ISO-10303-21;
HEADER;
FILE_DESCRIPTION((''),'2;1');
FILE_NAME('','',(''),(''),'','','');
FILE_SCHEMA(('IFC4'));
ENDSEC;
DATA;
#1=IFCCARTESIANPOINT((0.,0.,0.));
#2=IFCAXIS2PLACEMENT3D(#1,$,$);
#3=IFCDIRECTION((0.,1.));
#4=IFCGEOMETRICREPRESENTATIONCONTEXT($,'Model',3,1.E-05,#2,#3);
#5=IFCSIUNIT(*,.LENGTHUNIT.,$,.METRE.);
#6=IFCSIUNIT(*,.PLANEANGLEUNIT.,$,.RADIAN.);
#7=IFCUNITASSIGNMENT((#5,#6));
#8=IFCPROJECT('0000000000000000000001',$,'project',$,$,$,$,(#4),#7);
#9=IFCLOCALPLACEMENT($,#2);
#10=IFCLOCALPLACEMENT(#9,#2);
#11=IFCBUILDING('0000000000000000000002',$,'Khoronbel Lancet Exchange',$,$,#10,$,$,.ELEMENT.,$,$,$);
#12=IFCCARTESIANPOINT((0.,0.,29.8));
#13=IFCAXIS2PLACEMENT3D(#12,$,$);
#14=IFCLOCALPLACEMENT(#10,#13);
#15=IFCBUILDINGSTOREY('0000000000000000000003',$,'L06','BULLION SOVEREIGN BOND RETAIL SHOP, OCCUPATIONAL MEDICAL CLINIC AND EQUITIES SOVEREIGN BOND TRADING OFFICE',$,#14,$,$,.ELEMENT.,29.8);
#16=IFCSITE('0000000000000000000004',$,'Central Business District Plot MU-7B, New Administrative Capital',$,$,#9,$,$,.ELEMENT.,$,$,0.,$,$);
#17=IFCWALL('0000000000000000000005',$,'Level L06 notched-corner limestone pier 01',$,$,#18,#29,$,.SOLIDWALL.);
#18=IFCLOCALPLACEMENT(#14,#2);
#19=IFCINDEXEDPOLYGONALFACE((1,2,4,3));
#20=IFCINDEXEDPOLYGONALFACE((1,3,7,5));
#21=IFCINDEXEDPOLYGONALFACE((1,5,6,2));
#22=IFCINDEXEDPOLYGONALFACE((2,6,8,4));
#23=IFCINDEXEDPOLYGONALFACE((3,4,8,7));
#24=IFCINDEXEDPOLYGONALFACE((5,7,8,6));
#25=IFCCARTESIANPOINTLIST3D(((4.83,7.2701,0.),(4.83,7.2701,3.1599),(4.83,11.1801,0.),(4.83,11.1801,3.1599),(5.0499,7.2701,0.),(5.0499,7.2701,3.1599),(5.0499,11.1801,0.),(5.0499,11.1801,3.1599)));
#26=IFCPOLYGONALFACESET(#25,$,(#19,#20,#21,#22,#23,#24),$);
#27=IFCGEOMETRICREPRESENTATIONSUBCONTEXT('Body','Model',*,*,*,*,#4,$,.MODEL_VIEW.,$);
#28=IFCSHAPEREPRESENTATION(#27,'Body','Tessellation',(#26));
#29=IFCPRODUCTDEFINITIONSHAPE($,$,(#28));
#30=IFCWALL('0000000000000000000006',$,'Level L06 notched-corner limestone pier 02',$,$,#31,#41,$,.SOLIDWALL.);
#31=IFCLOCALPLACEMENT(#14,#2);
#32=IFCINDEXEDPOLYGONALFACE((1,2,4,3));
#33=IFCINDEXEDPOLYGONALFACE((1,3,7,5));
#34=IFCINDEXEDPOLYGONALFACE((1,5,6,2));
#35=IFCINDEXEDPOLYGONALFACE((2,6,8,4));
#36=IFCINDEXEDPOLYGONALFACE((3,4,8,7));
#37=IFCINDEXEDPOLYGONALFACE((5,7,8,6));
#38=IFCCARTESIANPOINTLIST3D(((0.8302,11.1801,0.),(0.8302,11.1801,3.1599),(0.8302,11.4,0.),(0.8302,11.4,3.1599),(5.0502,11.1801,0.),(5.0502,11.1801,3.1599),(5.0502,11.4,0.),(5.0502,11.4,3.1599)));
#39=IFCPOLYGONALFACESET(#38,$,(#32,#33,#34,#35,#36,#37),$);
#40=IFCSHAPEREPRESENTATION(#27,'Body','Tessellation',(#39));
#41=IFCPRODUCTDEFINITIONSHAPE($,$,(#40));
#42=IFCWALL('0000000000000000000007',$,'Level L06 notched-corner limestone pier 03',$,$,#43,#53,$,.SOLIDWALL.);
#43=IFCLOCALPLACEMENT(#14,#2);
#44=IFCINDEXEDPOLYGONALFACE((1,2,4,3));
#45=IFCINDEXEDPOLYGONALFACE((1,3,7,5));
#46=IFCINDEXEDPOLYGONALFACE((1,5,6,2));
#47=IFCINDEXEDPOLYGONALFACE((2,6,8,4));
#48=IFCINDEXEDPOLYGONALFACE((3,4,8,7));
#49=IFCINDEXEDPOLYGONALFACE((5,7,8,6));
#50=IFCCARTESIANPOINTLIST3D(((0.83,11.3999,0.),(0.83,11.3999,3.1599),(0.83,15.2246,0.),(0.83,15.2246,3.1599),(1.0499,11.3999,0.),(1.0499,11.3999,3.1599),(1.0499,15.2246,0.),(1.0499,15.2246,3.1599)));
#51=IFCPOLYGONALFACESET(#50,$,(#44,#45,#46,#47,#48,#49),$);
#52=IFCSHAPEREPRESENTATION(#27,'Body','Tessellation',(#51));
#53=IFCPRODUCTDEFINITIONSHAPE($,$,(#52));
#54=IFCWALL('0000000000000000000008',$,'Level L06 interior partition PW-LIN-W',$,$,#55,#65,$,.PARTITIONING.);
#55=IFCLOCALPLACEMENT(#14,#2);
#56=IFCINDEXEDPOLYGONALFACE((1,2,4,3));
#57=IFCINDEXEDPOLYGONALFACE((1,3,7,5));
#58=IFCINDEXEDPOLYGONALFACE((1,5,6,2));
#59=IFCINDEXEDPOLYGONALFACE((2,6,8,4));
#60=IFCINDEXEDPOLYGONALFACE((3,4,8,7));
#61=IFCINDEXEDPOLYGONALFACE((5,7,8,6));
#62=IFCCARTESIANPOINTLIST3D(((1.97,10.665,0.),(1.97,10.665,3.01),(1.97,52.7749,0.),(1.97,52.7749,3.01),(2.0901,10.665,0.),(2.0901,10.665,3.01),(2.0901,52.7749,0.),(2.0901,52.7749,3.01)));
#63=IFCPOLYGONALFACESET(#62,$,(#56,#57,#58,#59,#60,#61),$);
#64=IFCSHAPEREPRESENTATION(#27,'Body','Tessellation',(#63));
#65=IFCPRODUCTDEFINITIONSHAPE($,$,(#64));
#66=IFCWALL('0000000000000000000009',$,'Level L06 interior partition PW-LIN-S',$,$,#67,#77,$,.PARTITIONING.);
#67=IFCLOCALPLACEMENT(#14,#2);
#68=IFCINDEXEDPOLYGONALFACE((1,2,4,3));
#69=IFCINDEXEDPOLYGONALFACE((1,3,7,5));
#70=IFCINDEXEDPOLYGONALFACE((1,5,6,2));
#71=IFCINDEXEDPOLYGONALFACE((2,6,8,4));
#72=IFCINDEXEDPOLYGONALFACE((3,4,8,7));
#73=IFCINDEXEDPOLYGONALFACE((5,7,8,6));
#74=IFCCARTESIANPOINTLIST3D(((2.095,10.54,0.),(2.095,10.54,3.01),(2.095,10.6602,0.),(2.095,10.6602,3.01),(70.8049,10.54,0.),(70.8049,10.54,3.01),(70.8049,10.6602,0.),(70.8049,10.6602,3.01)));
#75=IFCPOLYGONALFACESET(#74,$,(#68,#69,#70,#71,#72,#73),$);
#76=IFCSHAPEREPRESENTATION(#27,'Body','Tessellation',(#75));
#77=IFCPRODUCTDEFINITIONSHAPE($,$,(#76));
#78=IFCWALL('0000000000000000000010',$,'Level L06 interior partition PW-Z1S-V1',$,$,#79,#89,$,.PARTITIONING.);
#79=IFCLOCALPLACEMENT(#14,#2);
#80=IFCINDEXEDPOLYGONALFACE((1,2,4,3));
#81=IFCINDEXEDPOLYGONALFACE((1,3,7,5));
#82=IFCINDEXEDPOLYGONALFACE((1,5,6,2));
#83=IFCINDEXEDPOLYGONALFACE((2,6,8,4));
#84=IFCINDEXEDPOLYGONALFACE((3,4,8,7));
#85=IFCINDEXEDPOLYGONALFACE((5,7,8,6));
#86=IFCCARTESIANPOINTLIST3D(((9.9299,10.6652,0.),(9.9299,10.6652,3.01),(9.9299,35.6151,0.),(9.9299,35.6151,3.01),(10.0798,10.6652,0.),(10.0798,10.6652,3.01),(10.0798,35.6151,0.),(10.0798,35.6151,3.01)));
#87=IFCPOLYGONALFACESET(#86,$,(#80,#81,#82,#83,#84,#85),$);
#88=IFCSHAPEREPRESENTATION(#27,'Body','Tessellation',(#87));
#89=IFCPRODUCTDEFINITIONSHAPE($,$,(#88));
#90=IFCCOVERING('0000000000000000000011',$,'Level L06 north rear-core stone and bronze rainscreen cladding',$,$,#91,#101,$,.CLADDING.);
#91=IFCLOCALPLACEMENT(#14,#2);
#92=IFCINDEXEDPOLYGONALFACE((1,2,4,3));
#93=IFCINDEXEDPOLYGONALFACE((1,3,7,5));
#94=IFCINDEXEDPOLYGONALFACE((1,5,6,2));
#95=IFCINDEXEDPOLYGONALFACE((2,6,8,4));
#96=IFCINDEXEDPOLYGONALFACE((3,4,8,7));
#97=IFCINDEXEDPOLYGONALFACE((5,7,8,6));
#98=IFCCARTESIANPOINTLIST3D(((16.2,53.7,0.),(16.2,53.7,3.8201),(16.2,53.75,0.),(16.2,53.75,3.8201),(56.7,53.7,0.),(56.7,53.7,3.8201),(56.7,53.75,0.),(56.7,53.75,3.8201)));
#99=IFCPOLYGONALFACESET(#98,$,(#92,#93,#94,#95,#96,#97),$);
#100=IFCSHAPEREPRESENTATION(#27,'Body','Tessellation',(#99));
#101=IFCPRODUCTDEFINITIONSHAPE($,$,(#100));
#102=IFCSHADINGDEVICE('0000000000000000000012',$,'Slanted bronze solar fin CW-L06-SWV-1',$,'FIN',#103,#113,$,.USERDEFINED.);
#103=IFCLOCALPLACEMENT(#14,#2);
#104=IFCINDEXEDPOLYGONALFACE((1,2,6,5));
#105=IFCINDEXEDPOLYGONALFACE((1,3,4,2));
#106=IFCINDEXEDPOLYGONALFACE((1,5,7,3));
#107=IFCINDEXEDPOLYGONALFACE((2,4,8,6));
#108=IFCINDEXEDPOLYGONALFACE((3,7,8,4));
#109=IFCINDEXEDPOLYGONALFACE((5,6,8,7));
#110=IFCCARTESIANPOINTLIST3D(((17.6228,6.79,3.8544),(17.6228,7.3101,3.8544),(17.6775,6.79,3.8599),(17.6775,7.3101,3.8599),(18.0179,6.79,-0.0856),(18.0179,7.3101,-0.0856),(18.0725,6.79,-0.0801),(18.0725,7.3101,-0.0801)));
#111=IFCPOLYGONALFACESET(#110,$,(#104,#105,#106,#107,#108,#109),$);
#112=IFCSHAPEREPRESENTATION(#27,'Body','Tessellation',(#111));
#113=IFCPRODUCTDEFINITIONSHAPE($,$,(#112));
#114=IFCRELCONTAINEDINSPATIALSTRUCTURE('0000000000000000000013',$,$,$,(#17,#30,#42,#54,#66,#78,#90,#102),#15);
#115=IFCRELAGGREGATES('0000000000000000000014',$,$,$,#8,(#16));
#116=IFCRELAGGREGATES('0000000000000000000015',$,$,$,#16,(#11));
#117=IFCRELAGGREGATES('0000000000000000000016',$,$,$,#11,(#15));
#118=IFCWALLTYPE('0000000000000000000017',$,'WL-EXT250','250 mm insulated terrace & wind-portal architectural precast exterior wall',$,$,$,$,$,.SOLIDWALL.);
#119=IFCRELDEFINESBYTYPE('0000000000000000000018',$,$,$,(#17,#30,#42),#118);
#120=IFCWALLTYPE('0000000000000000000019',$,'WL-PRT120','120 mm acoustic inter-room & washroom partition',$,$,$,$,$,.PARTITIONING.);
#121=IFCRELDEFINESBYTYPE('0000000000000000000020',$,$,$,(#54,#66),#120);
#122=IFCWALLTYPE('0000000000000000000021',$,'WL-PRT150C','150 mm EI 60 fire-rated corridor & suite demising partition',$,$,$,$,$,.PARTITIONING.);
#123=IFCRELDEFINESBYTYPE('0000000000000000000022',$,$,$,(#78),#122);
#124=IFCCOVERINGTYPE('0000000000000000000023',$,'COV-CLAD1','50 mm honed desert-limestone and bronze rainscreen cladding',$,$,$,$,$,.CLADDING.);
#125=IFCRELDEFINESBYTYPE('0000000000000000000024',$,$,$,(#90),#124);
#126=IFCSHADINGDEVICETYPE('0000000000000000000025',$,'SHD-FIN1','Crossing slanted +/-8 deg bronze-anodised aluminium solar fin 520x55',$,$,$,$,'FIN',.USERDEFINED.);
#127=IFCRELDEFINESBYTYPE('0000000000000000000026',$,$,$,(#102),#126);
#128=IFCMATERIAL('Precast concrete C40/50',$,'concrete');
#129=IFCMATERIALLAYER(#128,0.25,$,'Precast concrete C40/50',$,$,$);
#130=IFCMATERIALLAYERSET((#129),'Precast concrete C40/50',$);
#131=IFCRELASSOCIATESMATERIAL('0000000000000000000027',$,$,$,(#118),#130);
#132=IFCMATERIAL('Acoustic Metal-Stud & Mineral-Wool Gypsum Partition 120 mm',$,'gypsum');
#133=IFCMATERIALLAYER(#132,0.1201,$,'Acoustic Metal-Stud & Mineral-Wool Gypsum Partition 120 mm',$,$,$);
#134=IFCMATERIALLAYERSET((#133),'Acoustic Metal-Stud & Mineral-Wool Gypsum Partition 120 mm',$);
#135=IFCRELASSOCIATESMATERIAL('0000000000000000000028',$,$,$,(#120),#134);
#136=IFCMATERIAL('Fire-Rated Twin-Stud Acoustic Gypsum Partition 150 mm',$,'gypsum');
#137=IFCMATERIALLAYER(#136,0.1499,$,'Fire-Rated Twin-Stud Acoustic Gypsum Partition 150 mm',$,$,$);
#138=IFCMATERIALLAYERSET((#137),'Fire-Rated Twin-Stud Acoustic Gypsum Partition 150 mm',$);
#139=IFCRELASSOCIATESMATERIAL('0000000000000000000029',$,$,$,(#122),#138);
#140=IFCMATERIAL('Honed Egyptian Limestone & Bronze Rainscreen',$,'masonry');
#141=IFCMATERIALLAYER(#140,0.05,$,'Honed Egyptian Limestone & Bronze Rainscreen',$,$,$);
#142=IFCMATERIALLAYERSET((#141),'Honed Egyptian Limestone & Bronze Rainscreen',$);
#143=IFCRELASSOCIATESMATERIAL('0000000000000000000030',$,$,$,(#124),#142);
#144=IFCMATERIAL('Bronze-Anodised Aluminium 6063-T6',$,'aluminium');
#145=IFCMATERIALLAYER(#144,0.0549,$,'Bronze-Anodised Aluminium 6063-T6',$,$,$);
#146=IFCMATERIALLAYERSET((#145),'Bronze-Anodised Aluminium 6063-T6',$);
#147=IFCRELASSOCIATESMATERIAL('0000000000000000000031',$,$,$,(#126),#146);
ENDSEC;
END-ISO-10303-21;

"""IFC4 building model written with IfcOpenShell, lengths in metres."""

from ifc_helpers import new_model, si_unit, direction, frame, frame_2d, origin, place, context, subcontext, project, spatial, polyline, rectangle, outline, extrude, material, layer, layer_set, type_object, element, save


model = new_model("IFC4")

# Units and contexts
model_context = context("Model", 3, precision=1e-05, world=origin(), true_north=direction((0.0, 1.0)))
body_context = subcontext(model_context, "Body", "Model", "MODEL_VIEW")
ifc_project = project(units=[si_unit("LENGTHUNIT", "METRE"), si_unit("PLANEANGLEUNIT", "RADIAN")], contexts=[model_context])

# Site, building, storey
site_placement = place(None, origin())
site = spatial("IfcSite", under=ifc_project, at=site_placement, Name="Central Business District Plot MU-7B, New Administrative Capital", CompositionType="ELEMENT", RefElevation=0.0)
building_placement = place(site_placement, origin())
building = spatial("IfcBuilding", under=site, at=building_placement, Name="Khoronbel Lancet Exchange", CompositionType="ELEMENT")
storey_placement = place(building_placement, frame((0.0, 0.0, 29.8)))
storey = spatial("IfcBuildingStorey", under=building, at=storey_placement, Name="L06", Description="BULLION SOVEREIGN BOND RETAIL SHOP, OCCUPATIONAL MEDICAL CLINIC AND EQUITIES SOVEREIGN BOND TRADING OFFICE", CompositionType="ELEMENT", Elevation=29.8)

# Shared definitions
ifc_material_1 = material(Name="Bronze-Anodised Aluminium 6063-T6", Category="aluminium")

# Walls
ifc_material_2 = material(Name="Precast concrete C40/50", Category="concrete")
ifc_layer_1 = layer(ifc_material_2, 0.25, Name="Precast concrete C40/50")
ifc_layer_set_1 = layer_set([ifc_layer_1], Name="Precast concrete C40/50")
wall_type_1 = type_object("IfcWallType", Name="WL-EXT250", Description="250 mm insulated terrace & wind-portal architectural precast exterior wall", PredefinedType="SOLIDWALL", material=ifc_layer_set_1)
wall_1_placement = place(storey_placement, frame((4.9399, 7.27, 0.0), z_axis=(0.0, 0.0, 1.0), x_axis=(0.0, 1.0, 0.0)))
element("IfcWall", 1, at=wall_1_placement, inside=storey, type_object=wall_type_1, Name="Level L06 notched-corner limestone pier 01", PredefinedType="SOLIDWALL", context=body_context, shape_type="SweptSolid", body=[
    extrude(rectangle(XDim=3.9099, YDim=0.22, at=frame_2d((1.9551, 0.0))), origin(), (0.0, 0.0, 1.0), 3.1599),
])
wall_2_placement = place(storey_placement, frame((5.05, 11.29, 0.0), z_axis=(0.0, 0.0, 1.0), x_axis=(-1.0, 0.0, 0.0)))
element("IfcWall", 2, at=wall_2_placement, inside=storey, type_object=wall_type_1, Name="Level L06 notched-corner limestone pier 02", PredefinedType="SOLIDWALL", context=body_context, shape_type="SweptSolid", body=[
    extrude(rectangle(XDim=4.22, YDim=0.22, at=frame_2d((2.1099, 0.0))), origin(), (0.0, 0.0, 1.0), 3.1599),
])
wall_3_placement = place(storey_placement, frame((0.9399, 11.3999, 0.0), z_axis=(0.0, 0.0, 1.0), x_axis=(0.0, 1.0, 0.0)))
element("IfcWall", 3, at=wall_3_placement, inside=storey, type_object=wall_type_1, Name="Level L06 notched-corner limestone pier 03", PredefinedType="SOLIDWALL", context=body_context, shape_type="SweptSolid", body=[
    extrude(rectangle(XDim=3.8247, YDim=0.22, at=frame_2d((1.9124, 0.0))), origin(), (0.0, 0.0, 1.0), 3.1599),
])
ifc_material_3 = material(Name="Acoustic Metal-Stud & Mineral-Wool Gypsum Partition 120 mm", Category="gypsum")
ifc_layer_2 = layer(ifc_material_3, 0.1201, Name="Acoustic Metal-Stud & Mineral-Wool Gypsum Partition 120 mm")
ifc_layer_set_2 = layer_set([ifc_layer_2], Name="Acoustic Metal-Stud & Mineral-Wool Gypsum Partition 120 mm")
wall_type_2 = type_object("IfcWallType", Name="WL-PRT120", Description="120 mm acoustic inter-room & washroom partition", PredefinedType="PARTITIONING", material=ifc_layer_set_2)
wall_4_placement = place(storey_placement, frame((2.03, 10.665, 0.0), z_axis=(0.0, 0.0, 1.0), x_axis=(0.0, 1.0, 0.0)))
element("IfcWall", 4, at=wall_4_placement, inside=storey, type_object=wall_type_2, Name="Level L06 interior partition PW-LIN-W", PredefinedType="PARTITIONING", context=body_context, shape_type="SweptSolid", body=[
    extrude(rectangle(XDim=42.1099, YDim=0.1201, at=frame_2d((21.0549, 0.0))), origin(), (0.0, 0.0, 1.0), 3.01),
])
wall_5_placement = place(storey_placement, frame((2.095, 10.6001, 0.0), z_axis=(0.0, 0.0, 1.0), x_axis=(1.0, 0.0, 0.0)))
element("IfcWall", 5, at=wall_5_placement, inside=storey, type_object=wall_type_2, Name="Level L06 interior partition PW-LIN-S", PredefinedType="PARTITIONING", context=body_context, shape_type="SweptSolid", body=[
    extrude(rectangle(XDim=68.71, YDim=0.1201, at=frame_2d((34.355, 0.0))), origin(), (0.0, 0.0, 1.0), 3.01),
])
ifc_material_4 = material(Name="Fire-Rated Twin-Stud Acoustic Gypsum Partition 150 mm", Category="gypsum")
ifc_layer_3 = layer(ifc_material_4, 0.1499, Name="Fire-Rated Twin-Stud Acoustic Gypsum Partition 150 mm")
ifc_layer_set_3 = layer_set([ifc_layer_3], Name="Fire-Rated Twin-Stud Acoustic Gypsum Partition 150 mm")
wall_type_3 = type_object("IfcWallType", Name="WL-PRT150C", Description="150 mm EI 60 fire-rated corridor & suite demising partition", PredefinedType="PARTITIONING", material=ifc_layer_set_3)
wall_6_placement = place(storey_placement, frame((10.0049, 10.665, 0.0), z_axis=(0.0, 0.0, 1.0), x_axis=(0.0, 1.0, 0.0)))
element("IfcWall", 6, at=wall_6_placement, inside=storey, type_object=wall_type_3, Name="Level L06 interior partition PW-Z1S-V1", PredefinedType="PARTITIONING", context=body_context, shape_type="SweptSolid", body=[
    extrude(rectangle(XDim=24.95, YDim=0.1499, at=frame_2d((12.4751, 0.0))), origin(), (0.0, 0.0, 1.0), 3.01),
])

# Covering
ifc_material_5 = material(Name="Honed Egyptian Limestone & Bronze Rainscreen", Category="masonry")
ifc_layer_4 = layer(ifc_material_5, 0.05, Name="Honed Egyptian Limestone & Bronze Rainscreen")
ifc_layer_set_4 = layer_set([ifc_layer_4], Name="Honed Egyptian Limestone & Bronze Rainscreen")
covering_type = type_object("IfcCoveringType", Name="COV-CLAD1", Description="50 mm honed desert-limestone and bronze rainscreen cladding", PredefinedType="CLADDING", material=ifc_layer_set_4)
covering_placement = place(storey_placement, origin())
element("IfcCovering", 7, at=covering_placement, inside=storey, type_object=covering_type, Name="Level L06 north rear-core stone and bronze rainscreen cladding", PredefinedType="CLADDING", context=body_context, shape_type="SweptSolid", body=[
    extrude(outline(polyline([(16.2, 53.7), (56.7, 53.7), (56.7, 53.75), (16.2, 53.75), (16.2, 53.7)])), origin(), (0.0, 0.0, 1.0), 3.8201),
])

# Shading device
ifc_layer_5 = layer(ifc_material_1, 0.0549, Name="Bronze-Anodised Aluminium 6063-T6")
ifc_layer_set_5 = layer_set([ifc_layer_5], Name="Bronze-Anodised Aluminium 6063-T6")
shading_device_type = type_object("IfcShadingDeviceType", Name="SHD-FIN1", Description="Crossing slanted +/-8 deg bronze-anodised aluminium solar fin 520x55", ElementType="FIN", PredefinedType="USERDEFINED", material=ifc_layer_set_5)
shading_device_placement = place(storey_placement, frame((18.0725, 7.3101, -0.0801), z_axis=(0.995012, 0.0, 0.09976), x_axis=(0.0, -1.0, 0.0)))
element("IfcShadingDevice", 8, at=shading_device_placement, inside=storey, type_object=shading_device_type, Name="Slanted bronze solar fin CW-L06-SWV-1", ObjectType="FIN", PredefinedType="USERDEFINED", context=body_context, shape_type="SweptSolid", body=[
    extrude(outline(polyline([(0.0, 0.0), (0.52, 0.0), (0.52, -3.9597), (0.0, -3.9597), (0.0, 0.0)])), origin(), (0.0, 0.0, -1.0), 0.0549),
])

save(model, "model.ifc")
